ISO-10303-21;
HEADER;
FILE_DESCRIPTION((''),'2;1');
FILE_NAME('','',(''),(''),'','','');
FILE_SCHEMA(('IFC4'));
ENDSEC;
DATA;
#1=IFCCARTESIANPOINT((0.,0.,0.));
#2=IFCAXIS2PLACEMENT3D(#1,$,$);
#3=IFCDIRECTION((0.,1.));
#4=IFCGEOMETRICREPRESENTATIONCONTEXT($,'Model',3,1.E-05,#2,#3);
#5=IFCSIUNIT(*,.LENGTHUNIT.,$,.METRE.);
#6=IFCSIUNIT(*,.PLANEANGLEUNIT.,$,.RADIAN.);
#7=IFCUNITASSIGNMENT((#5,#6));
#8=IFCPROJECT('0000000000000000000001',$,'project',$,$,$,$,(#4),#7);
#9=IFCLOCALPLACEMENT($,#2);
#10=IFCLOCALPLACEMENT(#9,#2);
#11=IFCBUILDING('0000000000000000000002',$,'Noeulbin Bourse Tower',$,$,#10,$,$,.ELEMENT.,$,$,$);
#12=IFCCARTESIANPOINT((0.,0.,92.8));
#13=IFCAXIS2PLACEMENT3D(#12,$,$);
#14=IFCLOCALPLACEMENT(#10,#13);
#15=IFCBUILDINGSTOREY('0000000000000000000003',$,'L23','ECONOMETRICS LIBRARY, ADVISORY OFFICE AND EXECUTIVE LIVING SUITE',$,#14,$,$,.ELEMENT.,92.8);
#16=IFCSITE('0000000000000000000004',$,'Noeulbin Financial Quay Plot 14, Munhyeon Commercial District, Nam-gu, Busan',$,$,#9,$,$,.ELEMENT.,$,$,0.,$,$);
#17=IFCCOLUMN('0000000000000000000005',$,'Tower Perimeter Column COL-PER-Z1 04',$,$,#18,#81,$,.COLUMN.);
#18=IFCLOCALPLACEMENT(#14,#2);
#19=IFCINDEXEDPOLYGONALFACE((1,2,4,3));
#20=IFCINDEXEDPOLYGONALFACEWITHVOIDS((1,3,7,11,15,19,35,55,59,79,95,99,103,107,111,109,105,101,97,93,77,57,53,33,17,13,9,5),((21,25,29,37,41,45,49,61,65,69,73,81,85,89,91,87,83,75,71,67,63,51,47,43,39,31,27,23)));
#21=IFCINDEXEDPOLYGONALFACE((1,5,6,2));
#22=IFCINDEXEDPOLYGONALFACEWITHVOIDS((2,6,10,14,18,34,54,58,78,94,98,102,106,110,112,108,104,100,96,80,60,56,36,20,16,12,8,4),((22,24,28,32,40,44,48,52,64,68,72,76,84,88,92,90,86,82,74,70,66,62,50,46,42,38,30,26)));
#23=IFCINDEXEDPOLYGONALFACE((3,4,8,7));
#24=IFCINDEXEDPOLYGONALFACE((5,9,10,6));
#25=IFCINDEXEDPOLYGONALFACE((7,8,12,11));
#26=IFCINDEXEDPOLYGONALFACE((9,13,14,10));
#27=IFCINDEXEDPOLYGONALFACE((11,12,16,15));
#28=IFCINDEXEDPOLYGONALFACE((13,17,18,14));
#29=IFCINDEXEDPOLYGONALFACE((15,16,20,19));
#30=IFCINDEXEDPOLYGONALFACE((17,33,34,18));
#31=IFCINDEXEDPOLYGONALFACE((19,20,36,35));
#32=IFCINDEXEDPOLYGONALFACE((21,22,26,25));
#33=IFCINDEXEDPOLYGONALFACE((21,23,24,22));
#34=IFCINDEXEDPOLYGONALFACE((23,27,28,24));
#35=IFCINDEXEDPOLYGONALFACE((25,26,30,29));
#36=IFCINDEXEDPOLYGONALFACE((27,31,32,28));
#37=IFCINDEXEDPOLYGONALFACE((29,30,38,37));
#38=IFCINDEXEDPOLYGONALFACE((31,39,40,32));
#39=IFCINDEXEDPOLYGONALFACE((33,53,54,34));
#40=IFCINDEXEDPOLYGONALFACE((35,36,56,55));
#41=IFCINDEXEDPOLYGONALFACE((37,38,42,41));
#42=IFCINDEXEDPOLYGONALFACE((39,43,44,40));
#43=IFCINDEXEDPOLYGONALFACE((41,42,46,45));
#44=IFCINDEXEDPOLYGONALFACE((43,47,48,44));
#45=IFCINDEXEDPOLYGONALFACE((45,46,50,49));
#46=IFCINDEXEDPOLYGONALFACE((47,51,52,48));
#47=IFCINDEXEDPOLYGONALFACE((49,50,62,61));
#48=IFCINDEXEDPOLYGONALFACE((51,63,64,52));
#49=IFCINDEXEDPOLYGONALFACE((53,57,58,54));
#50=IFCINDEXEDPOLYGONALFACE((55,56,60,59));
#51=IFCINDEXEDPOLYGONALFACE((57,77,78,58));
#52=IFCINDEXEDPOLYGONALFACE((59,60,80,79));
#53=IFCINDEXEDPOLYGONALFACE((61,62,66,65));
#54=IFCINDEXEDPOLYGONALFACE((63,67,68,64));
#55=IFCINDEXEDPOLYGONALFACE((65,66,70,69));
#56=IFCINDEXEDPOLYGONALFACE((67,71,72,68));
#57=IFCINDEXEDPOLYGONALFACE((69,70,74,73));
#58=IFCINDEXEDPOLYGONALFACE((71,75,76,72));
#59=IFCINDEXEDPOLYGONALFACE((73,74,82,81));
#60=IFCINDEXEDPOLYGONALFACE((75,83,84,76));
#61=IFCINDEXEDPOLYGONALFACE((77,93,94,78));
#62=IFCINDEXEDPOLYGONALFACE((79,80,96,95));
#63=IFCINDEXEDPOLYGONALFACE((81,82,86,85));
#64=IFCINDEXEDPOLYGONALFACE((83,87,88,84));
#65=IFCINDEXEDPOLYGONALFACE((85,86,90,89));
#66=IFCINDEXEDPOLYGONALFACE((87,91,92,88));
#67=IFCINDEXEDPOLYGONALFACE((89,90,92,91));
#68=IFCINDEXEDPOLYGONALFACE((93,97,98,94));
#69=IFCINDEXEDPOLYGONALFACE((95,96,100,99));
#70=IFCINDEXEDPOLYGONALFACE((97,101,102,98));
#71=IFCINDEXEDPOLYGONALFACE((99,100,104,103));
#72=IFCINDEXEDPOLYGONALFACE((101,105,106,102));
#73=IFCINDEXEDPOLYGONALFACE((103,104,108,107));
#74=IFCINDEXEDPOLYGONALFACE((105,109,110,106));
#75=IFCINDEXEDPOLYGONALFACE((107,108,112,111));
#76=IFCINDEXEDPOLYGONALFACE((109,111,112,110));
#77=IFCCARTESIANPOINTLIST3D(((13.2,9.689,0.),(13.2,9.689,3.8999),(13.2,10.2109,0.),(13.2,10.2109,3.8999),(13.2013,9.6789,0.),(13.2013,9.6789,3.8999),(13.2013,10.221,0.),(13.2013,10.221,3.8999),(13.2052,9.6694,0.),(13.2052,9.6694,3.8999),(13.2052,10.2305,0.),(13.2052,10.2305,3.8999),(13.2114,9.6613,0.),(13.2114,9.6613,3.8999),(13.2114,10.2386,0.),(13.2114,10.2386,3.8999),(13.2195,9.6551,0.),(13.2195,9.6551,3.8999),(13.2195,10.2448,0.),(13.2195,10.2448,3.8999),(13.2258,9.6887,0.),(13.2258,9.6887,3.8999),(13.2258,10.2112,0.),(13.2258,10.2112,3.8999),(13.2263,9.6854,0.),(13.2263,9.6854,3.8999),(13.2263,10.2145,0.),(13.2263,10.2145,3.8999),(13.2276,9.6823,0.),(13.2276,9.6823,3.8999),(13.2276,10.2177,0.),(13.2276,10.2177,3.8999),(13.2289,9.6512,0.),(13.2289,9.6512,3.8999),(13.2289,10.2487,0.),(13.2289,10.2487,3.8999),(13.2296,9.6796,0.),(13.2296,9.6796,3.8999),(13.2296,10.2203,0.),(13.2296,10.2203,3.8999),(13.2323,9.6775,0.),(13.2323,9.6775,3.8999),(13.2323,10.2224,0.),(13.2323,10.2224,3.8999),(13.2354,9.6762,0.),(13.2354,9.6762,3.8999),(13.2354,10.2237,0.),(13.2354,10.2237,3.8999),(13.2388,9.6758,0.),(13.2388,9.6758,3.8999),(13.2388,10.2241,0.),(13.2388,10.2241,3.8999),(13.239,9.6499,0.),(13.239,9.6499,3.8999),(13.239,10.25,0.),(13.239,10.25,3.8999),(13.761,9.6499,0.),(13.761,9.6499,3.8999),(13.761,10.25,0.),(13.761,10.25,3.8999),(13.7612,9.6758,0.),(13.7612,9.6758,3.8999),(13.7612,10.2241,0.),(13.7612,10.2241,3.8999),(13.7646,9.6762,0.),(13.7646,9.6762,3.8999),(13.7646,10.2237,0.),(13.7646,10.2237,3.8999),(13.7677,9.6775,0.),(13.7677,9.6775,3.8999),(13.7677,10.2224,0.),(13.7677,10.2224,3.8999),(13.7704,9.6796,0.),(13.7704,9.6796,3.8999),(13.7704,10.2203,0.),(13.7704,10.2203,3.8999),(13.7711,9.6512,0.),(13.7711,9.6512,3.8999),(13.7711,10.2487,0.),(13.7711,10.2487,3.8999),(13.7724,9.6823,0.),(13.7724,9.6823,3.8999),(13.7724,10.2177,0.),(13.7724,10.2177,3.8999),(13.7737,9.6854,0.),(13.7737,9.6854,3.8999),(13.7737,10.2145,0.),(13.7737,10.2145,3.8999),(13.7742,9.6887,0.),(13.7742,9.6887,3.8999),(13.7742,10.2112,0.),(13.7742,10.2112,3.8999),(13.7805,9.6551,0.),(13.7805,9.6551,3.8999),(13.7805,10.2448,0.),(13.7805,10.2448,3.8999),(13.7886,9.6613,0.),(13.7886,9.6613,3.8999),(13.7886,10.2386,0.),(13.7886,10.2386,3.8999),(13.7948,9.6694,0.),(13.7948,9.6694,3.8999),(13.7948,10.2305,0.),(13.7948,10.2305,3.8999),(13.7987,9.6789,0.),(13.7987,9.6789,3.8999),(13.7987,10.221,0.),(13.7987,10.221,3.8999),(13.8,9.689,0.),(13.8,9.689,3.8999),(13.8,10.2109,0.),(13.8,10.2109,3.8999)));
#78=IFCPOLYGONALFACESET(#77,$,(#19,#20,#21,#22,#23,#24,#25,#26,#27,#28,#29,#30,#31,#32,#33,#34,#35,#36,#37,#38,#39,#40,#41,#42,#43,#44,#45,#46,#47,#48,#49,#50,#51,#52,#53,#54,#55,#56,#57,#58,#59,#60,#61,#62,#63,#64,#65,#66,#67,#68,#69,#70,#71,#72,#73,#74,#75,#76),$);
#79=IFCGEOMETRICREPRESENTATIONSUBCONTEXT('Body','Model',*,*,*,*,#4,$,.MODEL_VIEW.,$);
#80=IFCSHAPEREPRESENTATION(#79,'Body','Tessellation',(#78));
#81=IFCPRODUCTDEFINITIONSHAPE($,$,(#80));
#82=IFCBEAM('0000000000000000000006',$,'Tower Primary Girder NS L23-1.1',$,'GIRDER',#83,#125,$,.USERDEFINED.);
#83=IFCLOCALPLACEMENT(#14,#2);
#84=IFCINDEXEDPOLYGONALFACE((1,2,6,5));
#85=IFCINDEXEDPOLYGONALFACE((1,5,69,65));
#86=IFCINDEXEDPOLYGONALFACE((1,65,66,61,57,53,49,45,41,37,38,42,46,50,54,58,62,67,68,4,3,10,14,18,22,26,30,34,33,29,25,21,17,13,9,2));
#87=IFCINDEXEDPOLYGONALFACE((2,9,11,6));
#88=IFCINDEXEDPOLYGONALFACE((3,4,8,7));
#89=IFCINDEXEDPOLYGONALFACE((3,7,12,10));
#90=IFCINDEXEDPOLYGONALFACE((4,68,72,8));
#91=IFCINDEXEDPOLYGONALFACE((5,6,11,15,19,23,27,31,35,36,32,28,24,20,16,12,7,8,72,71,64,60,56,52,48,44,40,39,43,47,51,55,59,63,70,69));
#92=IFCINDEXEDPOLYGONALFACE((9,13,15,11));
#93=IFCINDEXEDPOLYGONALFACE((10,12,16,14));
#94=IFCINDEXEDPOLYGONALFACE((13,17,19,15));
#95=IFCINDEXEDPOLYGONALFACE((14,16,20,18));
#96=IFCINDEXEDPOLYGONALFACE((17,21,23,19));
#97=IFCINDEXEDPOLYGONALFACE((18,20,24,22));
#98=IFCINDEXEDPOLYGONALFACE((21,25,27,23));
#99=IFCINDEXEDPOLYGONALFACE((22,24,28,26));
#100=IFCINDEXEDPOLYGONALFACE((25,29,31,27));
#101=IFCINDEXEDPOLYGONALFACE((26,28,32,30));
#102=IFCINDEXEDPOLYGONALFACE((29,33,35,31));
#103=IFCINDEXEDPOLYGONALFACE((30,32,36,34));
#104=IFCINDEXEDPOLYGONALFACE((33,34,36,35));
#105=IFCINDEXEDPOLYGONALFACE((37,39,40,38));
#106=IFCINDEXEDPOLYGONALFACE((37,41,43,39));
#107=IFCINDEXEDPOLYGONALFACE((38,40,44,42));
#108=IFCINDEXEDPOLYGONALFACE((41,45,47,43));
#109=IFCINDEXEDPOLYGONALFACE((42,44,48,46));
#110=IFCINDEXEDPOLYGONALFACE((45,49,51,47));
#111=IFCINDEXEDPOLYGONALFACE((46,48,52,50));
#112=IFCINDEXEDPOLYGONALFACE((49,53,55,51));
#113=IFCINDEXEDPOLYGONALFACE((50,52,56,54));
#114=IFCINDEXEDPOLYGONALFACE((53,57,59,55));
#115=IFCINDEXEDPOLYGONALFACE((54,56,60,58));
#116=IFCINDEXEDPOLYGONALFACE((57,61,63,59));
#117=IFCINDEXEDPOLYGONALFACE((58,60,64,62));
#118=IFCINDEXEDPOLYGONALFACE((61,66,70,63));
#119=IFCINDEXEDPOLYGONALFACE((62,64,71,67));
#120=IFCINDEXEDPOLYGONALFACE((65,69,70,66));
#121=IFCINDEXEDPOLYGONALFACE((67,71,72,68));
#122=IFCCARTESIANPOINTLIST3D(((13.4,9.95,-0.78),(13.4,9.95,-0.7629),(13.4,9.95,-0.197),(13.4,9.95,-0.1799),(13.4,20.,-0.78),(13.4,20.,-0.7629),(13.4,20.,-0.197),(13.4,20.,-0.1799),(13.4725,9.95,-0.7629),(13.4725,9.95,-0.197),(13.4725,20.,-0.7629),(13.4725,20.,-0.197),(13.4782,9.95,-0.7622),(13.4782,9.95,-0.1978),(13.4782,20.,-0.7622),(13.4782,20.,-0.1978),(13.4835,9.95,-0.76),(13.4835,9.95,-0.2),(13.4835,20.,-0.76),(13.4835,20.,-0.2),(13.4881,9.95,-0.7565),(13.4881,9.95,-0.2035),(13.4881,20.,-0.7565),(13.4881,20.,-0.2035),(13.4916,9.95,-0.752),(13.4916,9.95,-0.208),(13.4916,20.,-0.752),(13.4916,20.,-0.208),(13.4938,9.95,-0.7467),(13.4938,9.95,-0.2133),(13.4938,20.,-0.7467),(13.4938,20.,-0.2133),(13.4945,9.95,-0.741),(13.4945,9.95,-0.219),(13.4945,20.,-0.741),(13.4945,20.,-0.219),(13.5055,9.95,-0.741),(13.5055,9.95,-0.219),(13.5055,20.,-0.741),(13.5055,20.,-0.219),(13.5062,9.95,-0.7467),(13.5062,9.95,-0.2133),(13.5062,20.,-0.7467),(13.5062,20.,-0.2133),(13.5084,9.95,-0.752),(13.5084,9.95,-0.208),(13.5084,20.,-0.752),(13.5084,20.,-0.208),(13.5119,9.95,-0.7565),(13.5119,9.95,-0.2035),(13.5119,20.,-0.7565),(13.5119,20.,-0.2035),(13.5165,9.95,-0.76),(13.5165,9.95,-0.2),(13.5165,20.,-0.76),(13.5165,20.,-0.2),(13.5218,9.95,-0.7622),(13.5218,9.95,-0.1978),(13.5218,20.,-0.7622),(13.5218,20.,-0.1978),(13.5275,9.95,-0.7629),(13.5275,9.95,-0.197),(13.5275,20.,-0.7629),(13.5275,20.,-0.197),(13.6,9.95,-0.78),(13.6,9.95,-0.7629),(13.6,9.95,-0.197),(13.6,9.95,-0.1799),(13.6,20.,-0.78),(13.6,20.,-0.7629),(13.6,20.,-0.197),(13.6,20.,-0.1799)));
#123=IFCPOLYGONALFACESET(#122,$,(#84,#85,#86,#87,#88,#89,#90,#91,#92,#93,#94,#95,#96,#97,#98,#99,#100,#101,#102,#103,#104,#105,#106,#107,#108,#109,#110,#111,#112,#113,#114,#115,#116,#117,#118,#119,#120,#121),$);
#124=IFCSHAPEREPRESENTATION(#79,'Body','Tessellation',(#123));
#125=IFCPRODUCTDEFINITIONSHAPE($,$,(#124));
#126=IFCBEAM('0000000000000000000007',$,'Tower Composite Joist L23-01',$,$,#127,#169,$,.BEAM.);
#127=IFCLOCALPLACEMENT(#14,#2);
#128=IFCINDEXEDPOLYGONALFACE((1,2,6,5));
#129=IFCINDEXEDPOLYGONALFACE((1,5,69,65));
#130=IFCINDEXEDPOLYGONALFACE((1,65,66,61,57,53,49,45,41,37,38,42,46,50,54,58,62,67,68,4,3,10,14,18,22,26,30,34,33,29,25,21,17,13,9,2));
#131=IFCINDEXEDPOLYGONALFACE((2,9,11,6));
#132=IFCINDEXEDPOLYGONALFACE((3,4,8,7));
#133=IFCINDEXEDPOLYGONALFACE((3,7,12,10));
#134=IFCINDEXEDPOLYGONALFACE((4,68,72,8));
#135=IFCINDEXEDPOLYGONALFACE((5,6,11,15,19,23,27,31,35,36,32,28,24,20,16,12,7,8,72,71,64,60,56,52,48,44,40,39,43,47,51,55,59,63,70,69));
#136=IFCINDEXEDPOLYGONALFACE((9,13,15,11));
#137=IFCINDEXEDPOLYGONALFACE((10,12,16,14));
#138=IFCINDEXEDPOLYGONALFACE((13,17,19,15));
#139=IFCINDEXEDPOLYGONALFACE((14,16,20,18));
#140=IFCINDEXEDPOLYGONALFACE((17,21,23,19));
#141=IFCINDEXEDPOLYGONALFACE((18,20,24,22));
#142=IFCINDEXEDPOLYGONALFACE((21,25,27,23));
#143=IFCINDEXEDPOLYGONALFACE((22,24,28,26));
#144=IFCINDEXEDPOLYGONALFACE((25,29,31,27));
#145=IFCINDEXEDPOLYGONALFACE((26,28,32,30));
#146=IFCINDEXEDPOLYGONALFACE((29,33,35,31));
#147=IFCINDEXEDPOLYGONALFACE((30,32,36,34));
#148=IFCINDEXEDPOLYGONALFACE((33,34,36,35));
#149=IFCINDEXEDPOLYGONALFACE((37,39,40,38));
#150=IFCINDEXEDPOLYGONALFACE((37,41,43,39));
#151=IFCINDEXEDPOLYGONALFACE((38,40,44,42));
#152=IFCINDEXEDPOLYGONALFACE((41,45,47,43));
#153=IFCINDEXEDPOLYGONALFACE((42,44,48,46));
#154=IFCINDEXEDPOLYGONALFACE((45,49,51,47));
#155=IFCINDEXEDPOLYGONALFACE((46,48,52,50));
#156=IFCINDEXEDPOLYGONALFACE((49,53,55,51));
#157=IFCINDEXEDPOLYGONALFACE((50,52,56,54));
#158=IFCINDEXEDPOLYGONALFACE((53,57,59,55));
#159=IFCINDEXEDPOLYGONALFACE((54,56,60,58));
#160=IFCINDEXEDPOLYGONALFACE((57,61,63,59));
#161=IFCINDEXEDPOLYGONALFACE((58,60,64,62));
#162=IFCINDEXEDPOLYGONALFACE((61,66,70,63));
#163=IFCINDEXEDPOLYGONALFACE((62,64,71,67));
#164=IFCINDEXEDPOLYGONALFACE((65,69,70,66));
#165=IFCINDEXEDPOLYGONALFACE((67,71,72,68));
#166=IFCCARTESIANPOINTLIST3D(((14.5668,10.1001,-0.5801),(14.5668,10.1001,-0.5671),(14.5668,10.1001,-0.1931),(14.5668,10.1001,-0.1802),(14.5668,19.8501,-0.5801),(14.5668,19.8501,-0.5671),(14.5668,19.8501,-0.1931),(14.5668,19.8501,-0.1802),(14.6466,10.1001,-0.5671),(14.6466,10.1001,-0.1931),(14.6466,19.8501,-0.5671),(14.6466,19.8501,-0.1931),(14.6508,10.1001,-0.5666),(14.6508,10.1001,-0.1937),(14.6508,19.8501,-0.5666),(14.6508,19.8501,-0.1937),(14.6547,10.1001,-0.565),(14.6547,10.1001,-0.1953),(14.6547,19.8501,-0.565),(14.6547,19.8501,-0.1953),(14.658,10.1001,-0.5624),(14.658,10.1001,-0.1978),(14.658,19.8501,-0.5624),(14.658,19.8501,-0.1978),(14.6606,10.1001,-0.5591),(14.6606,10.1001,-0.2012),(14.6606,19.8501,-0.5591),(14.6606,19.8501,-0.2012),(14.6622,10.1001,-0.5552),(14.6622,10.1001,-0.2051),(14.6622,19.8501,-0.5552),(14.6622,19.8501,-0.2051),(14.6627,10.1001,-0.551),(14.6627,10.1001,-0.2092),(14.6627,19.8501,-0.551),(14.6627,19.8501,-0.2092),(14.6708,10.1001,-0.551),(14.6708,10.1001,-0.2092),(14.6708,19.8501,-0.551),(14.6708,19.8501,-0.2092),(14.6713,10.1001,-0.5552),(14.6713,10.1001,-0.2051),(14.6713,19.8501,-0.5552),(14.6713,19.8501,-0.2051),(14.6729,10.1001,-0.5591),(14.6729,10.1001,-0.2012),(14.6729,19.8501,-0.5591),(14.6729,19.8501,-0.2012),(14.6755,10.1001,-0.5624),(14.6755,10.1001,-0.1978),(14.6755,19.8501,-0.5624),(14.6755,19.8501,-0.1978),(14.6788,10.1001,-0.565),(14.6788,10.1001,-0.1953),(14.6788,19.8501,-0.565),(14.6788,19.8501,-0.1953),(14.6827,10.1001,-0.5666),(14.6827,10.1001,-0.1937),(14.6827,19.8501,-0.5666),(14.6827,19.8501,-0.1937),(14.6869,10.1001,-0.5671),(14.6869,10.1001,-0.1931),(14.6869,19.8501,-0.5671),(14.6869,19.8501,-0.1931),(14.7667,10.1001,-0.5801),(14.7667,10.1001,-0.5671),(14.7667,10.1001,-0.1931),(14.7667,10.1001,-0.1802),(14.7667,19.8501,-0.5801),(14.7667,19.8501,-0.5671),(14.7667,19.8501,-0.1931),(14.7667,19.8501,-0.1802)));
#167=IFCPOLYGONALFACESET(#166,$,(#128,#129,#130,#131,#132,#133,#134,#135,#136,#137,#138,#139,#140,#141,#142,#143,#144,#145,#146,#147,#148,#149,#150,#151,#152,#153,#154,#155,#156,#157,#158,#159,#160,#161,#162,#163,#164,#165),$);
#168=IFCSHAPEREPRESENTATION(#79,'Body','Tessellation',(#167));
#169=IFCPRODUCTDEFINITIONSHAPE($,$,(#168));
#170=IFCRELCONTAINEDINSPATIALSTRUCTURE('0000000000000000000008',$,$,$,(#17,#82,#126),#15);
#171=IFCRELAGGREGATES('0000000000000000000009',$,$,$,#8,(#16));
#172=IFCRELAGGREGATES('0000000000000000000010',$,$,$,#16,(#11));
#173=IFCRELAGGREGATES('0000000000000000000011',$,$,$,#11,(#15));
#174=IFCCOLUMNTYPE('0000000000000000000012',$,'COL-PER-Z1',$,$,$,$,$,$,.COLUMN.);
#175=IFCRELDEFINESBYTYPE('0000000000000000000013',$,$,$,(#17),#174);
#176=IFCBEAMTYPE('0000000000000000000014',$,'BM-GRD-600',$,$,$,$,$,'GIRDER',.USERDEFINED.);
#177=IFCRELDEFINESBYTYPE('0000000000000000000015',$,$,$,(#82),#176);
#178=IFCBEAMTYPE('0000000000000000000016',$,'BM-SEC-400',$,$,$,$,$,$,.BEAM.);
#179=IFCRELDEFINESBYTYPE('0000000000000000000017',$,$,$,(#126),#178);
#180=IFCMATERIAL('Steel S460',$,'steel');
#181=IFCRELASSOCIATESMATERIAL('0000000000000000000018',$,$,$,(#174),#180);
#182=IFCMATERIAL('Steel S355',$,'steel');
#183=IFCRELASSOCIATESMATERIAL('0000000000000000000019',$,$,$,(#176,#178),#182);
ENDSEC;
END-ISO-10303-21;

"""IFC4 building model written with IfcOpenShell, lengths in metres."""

from ifc_helpers import new_model, si_unit, direction, frame, origin, origin_2d, place, context, subcontext, project, spatial, hollow_rectangle, i_section, extrude, material, material_profile, profile_set, type_object, element, save


model = new_model("IFC4")

# Units and contexts
model_context = context("Model", 3, precision=1e-05, world=origin(), true_north=direction((0.0, 1.0)))
body_context = subcontext(model_context, "Body", "Model", "MODEL_VIEW")
ifc_project = project(units=[si_unit("LENGTHUNIT", "METRE"), si_unit("PLANEANGLEUNIT", "RADIAN")], contexts=[model_context])

# Site, building, storey
site_placement = place(None, origin())
site = spatial("IfcSite", under=ifc_project, at=site_placement, Name="Noeulbin Financial Quay Plot 14, Munhyeon Commercial District, Nam-gu, Busan", CompositionType="ELEMENT", RefElevation=0.0)
building_placement = place(site_placement, origin())
building = spatial("IfcBuilding", under=site, at=building_placement, Name="Noeulbin Bourse Tower", CompositionType="ELEMENT")
storey_placement = place(building_placement, frame((0.0, 0.0, 92.8)))
storey = spatial("IfcBuildingStorey", under=building, at=storey_placement, Name="L23", Description="ECONOMETRICS LIBRARY, ADVISORY OFFICE AND EXECUTIVE LIVING SUITE", CompositionType="ELEMENT", Elevation=92.8)

# Column
ifc_material_1 = material(Name="Steel S460", Category="steel")
ifc_material_profile_1 = material_profile(ifc_material_1, hollow_rectangle(XDim=0.6001, YDim=0.6001, WallThickness=0.0259, InnerFilletRadius=0.0129, OuterFilletRadius=0.0391, at=origin_2d()), Name="BOX-600x600x26", Category="LoadBearing")
ifc_profile_set_1 = profile_set([ifc_material_profile_1], Name="Steel S460")
column_type = type_object("IfcColumnType", Name="COL-PER-Z1", PredefinedType="COLUMN", material=ifc_profile_set_1)
column_placement = place(storey_placement, frame((13.5, 9.95, 0.0), z_axis=(0.0, 0.0, 1.0), x_axis=(1.0, 0.0, 0.0)))
element("IfcColumn", 1, at=column_placement, inside=storey, type_object=column_type, Name="Tower Perimeter Column COL-PER-Z1 04", PredefinedType="COLUMN", context=body_context, shape_type="SweptSolid", body=[
    extrude(hollow_rectangle(XDim=0.6001, YDim=0.6001, WallThickness=0.0259, InnerFilletRadius=0.0129, OuterFilletRadius=0.0391, at=origin_2d()), origin(), (0.0, 0.0, 1.0), 3.8999),
])

# Beams
ifc_material_2 = material(Name="Steel S355", Category="steel")
ifc_material_profile_2 = material_profile(ifc_material_2, i_section(OverallWidth=0.2, OverallDepth=0.6001, WebThickness=0.011, FlangeThickness=0.0171, FilletRadius=0.022, at=origin_2d()), Name="H-600x200x11x17", Category="LoadBearing")
ifc_profile_set_2 = profile_set([ifc_material_profile_2], Name="Steel S355")
beam_type_1 = type_object("IfcBeamType", Name="BM-GRD-600", ElementType="GIRDER", PredefinedType="USERDEFINED", material=ifc_profile_set_2)
beam_1_placement = place(storey_placement, frame((13.5, 9.95, -0.48), z_axis=(0.0, 1.0, 0.0), x_axis=(-1.0, 0.0, 0.0)))
element("IfcBeam", 2, at=beam_1_placement, inside=storey, type_object=beam_type_1, Name="Tower Primary Girder NS L23-1.1", ObjectType="GIRDER", PredefinedType="USERDEFINED", context=body_context, shape_type="SweptSolid", body=[
    extrude(i_section(OverallWidth=0.2, OverallDepth=0.6001, WebThickness=0.011, FlangeThickness=0.0171, FilletRadius=0.022, at=origin_2d()), origin(), (0.0, 0.0, 1.0), 10.05),
])
ifc_material_profile_3 = material_profile(ifc_material_2, i_section(OverallWidth=0.2, OverallDepth=0.3999, WebThickness=0.0081, FlangeThickness=0.0129, FilletRadius=0.0161, at=origin_2d()), Name="H-400x200x8x13", Category="LoadBearing")
ifc_profile_set_3 = profile_set([ifc_material_profile_3], Name="Steel S355")
beam_type_2 = type_object("IfcBeamType", Name="BM-SEC-400", PredefinedType="BEAM", material=ifc_profile_set_3)
for number, where, z_axis, x_axis, name in (
    (3, (14.6667, 10.1001, -0.3801), (0.0, 1.0, 0.0), (-1.0, 0.0, 0.0), "Tower Composite Joist L23-01"),
):
    element("IfcBeam", number, at=place(storey_placement, frame(where, z_axis=z_axis, x_axis=x_axis)), inside=storey, type_object=beam_type_2, Name=name, PredefinedType="BEAM", context=body_context, shape_type="SweptSolid", body=[
        extrude(i_section(OverallWidth=0.2, OverallDepth=0.3999, WebThickness=0.0081, FlangeThickness=0.0129, FilletRadius=0.0161, at=origin_2d()), origin(), (0.0, 0.0, 1.0), 9.75),
    ])

save(model, "model.ifc")
